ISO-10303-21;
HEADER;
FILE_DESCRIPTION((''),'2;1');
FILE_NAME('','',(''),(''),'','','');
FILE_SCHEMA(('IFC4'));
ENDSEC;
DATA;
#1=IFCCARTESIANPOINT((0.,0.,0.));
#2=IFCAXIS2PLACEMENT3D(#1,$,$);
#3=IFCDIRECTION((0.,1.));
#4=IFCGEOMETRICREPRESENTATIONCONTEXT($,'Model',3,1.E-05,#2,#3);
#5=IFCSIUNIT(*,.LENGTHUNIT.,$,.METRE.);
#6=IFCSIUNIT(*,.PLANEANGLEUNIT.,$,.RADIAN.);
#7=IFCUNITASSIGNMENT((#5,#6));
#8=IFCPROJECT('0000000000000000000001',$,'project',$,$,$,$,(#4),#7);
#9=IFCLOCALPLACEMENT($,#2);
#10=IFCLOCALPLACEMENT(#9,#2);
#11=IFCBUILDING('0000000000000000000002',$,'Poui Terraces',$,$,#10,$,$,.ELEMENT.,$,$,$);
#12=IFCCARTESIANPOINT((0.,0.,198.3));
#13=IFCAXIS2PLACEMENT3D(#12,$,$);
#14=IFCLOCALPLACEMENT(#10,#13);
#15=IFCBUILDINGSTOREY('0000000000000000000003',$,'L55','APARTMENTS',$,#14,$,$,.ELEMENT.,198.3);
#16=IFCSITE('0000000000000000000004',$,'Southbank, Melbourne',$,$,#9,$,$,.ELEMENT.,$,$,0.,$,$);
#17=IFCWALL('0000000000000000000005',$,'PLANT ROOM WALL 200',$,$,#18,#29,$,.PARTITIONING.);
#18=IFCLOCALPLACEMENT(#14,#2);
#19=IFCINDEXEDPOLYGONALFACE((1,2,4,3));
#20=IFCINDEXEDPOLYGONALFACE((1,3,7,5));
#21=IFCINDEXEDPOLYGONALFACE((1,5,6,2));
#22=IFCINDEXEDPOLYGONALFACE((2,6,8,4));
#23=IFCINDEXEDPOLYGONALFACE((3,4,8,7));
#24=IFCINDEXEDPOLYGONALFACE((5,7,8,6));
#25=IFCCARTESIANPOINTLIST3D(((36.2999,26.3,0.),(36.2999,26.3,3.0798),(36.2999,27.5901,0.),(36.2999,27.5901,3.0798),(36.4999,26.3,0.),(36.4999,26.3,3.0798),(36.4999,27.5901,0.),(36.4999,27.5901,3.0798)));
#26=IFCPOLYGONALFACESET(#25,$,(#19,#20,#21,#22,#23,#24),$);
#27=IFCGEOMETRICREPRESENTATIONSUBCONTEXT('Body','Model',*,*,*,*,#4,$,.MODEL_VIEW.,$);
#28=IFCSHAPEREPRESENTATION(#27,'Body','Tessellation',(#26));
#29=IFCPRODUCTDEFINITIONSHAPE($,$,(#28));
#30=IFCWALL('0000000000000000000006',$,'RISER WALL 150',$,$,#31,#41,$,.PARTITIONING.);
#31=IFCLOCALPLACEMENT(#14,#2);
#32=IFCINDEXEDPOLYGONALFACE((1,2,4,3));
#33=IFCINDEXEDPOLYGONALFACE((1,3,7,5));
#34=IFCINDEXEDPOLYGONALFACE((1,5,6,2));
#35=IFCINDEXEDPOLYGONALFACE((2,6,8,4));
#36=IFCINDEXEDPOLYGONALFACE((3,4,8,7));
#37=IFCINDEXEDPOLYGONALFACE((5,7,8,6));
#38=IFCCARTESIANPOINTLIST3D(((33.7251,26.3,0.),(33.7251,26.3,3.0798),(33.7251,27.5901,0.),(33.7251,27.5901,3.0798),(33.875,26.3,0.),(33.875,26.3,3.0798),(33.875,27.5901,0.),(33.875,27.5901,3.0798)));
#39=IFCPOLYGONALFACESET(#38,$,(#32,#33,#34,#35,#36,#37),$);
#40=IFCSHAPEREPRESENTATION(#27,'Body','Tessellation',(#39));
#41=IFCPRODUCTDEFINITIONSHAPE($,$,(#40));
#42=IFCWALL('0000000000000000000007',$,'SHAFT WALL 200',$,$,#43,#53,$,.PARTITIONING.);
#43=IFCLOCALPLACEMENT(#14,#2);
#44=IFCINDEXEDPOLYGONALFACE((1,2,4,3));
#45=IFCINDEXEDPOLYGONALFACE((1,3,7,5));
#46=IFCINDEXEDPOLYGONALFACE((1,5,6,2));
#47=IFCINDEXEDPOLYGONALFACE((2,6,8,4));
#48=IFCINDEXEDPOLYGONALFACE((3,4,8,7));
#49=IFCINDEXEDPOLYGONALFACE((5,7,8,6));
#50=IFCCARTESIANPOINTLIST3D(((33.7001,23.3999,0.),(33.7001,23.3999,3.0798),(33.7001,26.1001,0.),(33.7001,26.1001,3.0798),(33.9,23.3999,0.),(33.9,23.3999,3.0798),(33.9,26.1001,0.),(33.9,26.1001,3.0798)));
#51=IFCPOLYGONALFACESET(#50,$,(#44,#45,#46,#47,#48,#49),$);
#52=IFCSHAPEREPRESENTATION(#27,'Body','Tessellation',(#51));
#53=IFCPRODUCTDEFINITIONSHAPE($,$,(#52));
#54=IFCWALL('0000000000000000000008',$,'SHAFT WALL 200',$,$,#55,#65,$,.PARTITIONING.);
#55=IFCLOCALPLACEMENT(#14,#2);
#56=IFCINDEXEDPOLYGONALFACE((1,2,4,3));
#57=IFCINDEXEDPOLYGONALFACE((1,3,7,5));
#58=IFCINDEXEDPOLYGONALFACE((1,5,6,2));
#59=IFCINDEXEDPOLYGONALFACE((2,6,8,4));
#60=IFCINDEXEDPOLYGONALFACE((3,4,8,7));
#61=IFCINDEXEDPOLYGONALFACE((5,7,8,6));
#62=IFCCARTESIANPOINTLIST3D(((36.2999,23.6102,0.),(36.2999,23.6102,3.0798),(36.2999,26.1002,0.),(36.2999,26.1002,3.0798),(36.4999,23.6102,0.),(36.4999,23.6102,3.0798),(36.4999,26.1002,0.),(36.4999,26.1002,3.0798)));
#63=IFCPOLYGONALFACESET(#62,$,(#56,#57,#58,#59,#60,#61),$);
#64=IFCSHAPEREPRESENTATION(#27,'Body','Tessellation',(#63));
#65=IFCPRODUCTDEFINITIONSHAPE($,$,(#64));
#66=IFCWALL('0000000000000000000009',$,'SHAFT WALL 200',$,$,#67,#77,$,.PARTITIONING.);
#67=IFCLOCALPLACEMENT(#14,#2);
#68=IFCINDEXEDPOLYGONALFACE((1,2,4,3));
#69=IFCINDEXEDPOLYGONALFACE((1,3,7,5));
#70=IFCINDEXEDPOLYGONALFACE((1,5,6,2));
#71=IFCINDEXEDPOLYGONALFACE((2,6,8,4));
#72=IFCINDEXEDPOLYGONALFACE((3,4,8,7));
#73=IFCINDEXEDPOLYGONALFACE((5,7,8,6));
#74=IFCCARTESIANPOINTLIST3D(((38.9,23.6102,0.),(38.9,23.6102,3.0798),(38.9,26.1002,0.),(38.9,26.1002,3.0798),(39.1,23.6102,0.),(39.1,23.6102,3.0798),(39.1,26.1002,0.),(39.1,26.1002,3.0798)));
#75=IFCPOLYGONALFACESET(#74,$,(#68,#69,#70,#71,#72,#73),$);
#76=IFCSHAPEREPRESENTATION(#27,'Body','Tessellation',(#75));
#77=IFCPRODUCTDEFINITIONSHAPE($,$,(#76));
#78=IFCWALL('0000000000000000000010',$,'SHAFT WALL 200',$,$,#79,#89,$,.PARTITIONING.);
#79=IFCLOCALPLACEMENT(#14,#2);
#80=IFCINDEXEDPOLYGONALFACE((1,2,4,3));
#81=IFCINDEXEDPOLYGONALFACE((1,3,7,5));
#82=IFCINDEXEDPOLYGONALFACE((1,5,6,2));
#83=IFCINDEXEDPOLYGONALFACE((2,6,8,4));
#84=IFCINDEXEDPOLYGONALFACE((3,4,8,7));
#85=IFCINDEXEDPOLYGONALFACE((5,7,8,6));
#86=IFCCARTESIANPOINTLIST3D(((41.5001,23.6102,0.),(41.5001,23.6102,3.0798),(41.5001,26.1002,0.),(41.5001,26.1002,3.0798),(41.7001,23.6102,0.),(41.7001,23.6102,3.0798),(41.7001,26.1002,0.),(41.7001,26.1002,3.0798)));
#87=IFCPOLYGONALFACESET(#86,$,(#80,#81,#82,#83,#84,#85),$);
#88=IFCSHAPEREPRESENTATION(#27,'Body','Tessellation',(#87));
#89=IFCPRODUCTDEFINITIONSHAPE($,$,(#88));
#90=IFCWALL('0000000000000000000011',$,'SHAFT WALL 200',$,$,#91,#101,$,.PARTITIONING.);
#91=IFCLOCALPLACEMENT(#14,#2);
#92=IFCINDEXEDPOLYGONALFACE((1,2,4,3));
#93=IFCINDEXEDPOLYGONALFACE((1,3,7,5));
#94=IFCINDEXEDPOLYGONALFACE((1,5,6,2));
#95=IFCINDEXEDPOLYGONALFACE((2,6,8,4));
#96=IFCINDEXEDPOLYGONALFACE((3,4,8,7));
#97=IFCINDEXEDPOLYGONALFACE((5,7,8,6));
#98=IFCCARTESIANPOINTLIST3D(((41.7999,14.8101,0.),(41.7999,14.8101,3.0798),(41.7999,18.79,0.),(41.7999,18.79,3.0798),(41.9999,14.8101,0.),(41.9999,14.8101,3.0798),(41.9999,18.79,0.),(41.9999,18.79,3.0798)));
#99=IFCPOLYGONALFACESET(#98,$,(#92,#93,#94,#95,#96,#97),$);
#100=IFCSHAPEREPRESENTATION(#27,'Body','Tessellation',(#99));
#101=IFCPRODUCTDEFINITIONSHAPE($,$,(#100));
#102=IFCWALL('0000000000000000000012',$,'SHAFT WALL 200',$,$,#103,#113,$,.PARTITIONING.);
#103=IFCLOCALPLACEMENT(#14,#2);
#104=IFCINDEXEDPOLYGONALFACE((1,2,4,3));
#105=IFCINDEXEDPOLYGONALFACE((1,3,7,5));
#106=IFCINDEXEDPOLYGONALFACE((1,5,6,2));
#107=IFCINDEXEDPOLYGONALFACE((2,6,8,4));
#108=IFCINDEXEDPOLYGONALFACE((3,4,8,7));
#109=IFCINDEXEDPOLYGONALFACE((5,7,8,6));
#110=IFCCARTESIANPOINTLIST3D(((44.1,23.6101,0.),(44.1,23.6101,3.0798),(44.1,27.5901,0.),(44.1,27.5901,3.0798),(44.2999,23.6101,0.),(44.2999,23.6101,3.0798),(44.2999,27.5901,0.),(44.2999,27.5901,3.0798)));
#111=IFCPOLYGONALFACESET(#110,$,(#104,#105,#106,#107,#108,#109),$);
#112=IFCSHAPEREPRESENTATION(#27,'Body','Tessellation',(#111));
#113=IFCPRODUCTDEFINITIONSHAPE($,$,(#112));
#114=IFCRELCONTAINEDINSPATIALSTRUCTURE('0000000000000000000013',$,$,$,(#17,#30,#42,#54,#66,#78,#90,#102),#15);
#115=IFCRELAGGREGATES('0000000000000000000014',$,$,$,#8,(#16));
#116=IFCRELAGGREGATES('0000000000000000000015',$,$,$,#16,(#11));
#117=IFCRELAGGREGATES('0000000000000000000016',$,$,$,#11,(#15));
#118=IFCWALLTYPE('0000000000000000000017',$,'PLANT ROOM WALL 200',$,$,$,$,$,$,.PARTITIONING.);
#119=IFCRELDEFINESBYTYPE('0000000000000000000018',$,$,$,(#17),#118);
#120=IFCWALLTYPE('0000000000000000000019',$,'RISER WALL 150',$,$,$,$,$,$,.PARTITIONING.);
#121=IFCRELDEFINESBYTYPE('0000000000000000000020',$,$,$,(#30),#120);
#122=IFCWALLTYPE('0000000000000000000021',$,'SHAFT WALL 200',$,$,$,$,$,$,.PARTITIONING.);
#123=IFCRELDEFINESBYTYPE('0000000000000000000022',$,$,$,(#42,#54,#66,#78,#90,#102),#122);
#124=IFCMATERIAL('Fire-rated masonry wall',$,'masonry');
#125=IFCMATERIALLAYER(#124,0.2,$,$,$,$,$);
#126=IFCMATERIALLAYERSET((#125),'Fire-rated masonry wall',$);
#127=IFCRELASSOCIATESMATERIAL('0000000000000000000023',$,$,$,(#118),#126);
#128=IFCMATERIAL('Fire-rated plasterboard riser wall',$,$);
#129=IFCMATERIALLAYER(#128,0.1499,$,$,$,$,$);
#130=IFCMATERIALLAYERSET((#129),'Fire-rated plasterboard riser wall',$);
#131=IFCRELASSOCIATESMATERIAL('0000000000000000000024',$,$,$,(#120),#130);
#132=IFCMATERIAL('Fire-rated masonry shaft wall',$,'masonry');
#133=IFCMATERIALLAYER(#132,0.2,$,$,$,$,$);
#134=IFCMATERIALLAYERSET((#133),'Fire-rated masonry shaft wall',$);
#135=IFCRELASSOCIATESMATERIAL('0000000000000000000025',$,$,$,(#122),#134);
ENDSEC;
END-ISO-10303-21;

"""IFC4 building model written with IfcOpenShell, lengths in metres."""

from ifc_helpers import new_model, si_unit, direction, frame, frame_2d, origin, place, context, subcontext, project, spatial, rectangle, extrude, material, layer, layer_set, type_object, element, save


model = new_model("IFC4")

# Units and contexts
model_context = context("Model", 3, precision=1e-05, world=origin(), true_north=direction((0.0, 1.0)))
body_context = subcontext(model_context, "Body", "Model", "MODEL_VIEW")
ifc_project = project(units=[si_unit("LENGTHUNIT", "METRE"), si_unit("PLANEANGLEUNIT", "RADIAN")], contexts=[model_context])

# Site, building, storey
site_placement = place(None, origin())
site = spatial("IfcSite", under=ifc_project, at=site_placement, Name="Southbank, Melbourne", CompositionType="ELEMENT", RefElevation=0.0)
building_placement = place(site_placement, origin())
building = spatial("IfcBuilding", under=site, at=building_placement, Name="Poui Terraces", CompositionType="ELEMENT")
storey_placement = place(building_placement, frame((0.0, 0.0, 198.3)))
storey = spatial("IfcBuildingStorey", under=building, at=storey_placement, Name="L55", Description="APARTMENTS", CompositionType="ELEMENT", Elevation=198.3)

# Walls
ifc_material_1 = material(Name="Fire-rated masonry wall", Category="masonry")
ifc_layer_1 = layer(ifc_material_1, 0.2)
ifc_layer_set_1 = layer_set([ifc_layer_1], Name="Fire-rated masonry wall")
wall_type_1 = type_object("IfcWallType", Name="PLANT ROOM WALL 200", PredefinedType="PARTITIONING", material=ifc_layer_set_1)
wall_1_placement = place(storey_placement, frame((36.3999, 26.3, 0.0), z_axis=(0.0, 0.0, 1.0), x_axis=(0.0, 1.0, 0.0)))
element("IfcWall", 1, at=wall_1_placement, inside=storey, type_object=wall_type_1, Name="PLANT ROOM WALL 200", PredefinedType="PARTITIONING", context=body_context, shape_type="SweptSolid", body=[
    extrude(rectangle(XDim=1.29, YDim=0.2, at=frame_2d((0.645, 0.0))), origin(), (0.0, 0.0, 1.0), 3.0798),
])
ifc_material_2 = material(Name="Fire-rated plasterboard riser wall")
ifc_layer_2 = layer(ifc_material_2, 0.1499)
ifc_layer_set_2 = layer_set([ifc_layer_2], Name="Fire-rated plasterboard riser wall")
wall_type_2 = type_object("IfcWallType", Name="RISER WALL 150", PredefinedType="PARTITIONING", material=ifc_layer_set_2)
wall_2_placement = place(storey_placement, frame((33.8, 26.3, 0.0), z_axis=(0.0, 0.0, 1.0), x_axis=(0.0, 1.0, 0.0)))
element("IfcWall", 2, at=wall_2_placement, inside=storey, type_object=wall_type_2, Name="RISER WALL 150", PredefinedType="PARTITIONING", context=body_context, shape_type="SweptSolid", body=[
    extrude(rectangle(XDim=1.29, YDim=0.1499, at=frame_2d((0.645, 0.0))), origin(), (0.0, 0.0, 1.0), 3.0798),
])
ifc_material_3 = material(Name="Fire-rated masonry shaft wall", Category="masonry")
ifc_layer_3 = layer(ifc_material_3, 0.2)
ifc_layer_set_3 = layer_set([ifc_layer_3], Name="Fire-rated masonry shaft wall")
wall_type_3 = type_object("IfcWallType", Name="SHAFT WALL 200", PredefinedType="PARTITIONING", material=ifc_layer_set_3)
wall_3_placement = place(storey_placement, frame((33.8, 23.3999, 0.0), z_axis=(0.0, 0.0, 1.0), x_axis=(0.0, 1.0, 0.0)))
element("IfcWall", 3, at=wall_3_placement, inside=storey, type_object=wall_type_3, Name="SHAFT WALL 200", PredefinedType="PARTITIONING", context=body_context, shape_type="SweptSolid", body=[
    extrude(rectangle(XDim=2.7002, YDim=0.2, at=frame_2d((1.3501, 0.0))), origin(), (0.0, 0.0, 1.0), 3.0798),
])
for number, where, z_axis, x_axis, name in (
    (4, (36.3999, 23.6101, 0.0), (0.0, 0.0, 1.0), (0.0, 1.0, 0.0), "SHAFT WALL 200"),
    (5, (39.0, 23.6101, 0.0), (0.0, 0.0, 1.0), (0.0, 1.0, 0.0), "SHAFT WALL 200"),
    (6, (41.6001, 23.6101, 0.0), (0.0, 0.0, 1.0), (0.0, 1.0, 0.0), "SHAFT WALL 200"),
):
    element("IfcWall", number, at=place(storey_placement, frame(where, z_axis=z_axis, x_axis=x_axis)), inside=storey, type_object=wall_type_3, Name=name, PredefinedType="PARTITIONING", context=body_context, shape_type="SweptSolid", body=[
        extrude(rectangle(XDim=2.49, YDim=0.2, at=frame_2d((1.2451, 0.0))), origin(), (0.0, 0.0, 1.0), 3.0798),
    ])
for number, where, z_axis, x_axis, name in (
    (7, (41.8999, 14.8101, 0.0), (0.0, 0.0, 1.0), (0.0, 1.0, 0.0), "SHAFT WALL 200"),
    (8, (44.2, 23.6101, 0.0), (0.0, 0.0, 1.0), (0.0, 1.0, 0.0), "SHAFT WALL 200"),
):
    element("IfcWall", number, at=place(storey_placement, frame(where, z_axis=z_axis, x_axis=x_axis)), inside=storey, type_object=wall_type_3, Name=name, PredefinedType="PARTITIONING", context=body_context, shape_type="SweptSolid", body=[
        extrude(rectangle(XDim=3.98, YDim=0.2, at=frame_2d((1.99, 0.0))), origin(), (0.0, 0.0, 1.0), 3.0798),
    ])

save(model, "model.ifc")
